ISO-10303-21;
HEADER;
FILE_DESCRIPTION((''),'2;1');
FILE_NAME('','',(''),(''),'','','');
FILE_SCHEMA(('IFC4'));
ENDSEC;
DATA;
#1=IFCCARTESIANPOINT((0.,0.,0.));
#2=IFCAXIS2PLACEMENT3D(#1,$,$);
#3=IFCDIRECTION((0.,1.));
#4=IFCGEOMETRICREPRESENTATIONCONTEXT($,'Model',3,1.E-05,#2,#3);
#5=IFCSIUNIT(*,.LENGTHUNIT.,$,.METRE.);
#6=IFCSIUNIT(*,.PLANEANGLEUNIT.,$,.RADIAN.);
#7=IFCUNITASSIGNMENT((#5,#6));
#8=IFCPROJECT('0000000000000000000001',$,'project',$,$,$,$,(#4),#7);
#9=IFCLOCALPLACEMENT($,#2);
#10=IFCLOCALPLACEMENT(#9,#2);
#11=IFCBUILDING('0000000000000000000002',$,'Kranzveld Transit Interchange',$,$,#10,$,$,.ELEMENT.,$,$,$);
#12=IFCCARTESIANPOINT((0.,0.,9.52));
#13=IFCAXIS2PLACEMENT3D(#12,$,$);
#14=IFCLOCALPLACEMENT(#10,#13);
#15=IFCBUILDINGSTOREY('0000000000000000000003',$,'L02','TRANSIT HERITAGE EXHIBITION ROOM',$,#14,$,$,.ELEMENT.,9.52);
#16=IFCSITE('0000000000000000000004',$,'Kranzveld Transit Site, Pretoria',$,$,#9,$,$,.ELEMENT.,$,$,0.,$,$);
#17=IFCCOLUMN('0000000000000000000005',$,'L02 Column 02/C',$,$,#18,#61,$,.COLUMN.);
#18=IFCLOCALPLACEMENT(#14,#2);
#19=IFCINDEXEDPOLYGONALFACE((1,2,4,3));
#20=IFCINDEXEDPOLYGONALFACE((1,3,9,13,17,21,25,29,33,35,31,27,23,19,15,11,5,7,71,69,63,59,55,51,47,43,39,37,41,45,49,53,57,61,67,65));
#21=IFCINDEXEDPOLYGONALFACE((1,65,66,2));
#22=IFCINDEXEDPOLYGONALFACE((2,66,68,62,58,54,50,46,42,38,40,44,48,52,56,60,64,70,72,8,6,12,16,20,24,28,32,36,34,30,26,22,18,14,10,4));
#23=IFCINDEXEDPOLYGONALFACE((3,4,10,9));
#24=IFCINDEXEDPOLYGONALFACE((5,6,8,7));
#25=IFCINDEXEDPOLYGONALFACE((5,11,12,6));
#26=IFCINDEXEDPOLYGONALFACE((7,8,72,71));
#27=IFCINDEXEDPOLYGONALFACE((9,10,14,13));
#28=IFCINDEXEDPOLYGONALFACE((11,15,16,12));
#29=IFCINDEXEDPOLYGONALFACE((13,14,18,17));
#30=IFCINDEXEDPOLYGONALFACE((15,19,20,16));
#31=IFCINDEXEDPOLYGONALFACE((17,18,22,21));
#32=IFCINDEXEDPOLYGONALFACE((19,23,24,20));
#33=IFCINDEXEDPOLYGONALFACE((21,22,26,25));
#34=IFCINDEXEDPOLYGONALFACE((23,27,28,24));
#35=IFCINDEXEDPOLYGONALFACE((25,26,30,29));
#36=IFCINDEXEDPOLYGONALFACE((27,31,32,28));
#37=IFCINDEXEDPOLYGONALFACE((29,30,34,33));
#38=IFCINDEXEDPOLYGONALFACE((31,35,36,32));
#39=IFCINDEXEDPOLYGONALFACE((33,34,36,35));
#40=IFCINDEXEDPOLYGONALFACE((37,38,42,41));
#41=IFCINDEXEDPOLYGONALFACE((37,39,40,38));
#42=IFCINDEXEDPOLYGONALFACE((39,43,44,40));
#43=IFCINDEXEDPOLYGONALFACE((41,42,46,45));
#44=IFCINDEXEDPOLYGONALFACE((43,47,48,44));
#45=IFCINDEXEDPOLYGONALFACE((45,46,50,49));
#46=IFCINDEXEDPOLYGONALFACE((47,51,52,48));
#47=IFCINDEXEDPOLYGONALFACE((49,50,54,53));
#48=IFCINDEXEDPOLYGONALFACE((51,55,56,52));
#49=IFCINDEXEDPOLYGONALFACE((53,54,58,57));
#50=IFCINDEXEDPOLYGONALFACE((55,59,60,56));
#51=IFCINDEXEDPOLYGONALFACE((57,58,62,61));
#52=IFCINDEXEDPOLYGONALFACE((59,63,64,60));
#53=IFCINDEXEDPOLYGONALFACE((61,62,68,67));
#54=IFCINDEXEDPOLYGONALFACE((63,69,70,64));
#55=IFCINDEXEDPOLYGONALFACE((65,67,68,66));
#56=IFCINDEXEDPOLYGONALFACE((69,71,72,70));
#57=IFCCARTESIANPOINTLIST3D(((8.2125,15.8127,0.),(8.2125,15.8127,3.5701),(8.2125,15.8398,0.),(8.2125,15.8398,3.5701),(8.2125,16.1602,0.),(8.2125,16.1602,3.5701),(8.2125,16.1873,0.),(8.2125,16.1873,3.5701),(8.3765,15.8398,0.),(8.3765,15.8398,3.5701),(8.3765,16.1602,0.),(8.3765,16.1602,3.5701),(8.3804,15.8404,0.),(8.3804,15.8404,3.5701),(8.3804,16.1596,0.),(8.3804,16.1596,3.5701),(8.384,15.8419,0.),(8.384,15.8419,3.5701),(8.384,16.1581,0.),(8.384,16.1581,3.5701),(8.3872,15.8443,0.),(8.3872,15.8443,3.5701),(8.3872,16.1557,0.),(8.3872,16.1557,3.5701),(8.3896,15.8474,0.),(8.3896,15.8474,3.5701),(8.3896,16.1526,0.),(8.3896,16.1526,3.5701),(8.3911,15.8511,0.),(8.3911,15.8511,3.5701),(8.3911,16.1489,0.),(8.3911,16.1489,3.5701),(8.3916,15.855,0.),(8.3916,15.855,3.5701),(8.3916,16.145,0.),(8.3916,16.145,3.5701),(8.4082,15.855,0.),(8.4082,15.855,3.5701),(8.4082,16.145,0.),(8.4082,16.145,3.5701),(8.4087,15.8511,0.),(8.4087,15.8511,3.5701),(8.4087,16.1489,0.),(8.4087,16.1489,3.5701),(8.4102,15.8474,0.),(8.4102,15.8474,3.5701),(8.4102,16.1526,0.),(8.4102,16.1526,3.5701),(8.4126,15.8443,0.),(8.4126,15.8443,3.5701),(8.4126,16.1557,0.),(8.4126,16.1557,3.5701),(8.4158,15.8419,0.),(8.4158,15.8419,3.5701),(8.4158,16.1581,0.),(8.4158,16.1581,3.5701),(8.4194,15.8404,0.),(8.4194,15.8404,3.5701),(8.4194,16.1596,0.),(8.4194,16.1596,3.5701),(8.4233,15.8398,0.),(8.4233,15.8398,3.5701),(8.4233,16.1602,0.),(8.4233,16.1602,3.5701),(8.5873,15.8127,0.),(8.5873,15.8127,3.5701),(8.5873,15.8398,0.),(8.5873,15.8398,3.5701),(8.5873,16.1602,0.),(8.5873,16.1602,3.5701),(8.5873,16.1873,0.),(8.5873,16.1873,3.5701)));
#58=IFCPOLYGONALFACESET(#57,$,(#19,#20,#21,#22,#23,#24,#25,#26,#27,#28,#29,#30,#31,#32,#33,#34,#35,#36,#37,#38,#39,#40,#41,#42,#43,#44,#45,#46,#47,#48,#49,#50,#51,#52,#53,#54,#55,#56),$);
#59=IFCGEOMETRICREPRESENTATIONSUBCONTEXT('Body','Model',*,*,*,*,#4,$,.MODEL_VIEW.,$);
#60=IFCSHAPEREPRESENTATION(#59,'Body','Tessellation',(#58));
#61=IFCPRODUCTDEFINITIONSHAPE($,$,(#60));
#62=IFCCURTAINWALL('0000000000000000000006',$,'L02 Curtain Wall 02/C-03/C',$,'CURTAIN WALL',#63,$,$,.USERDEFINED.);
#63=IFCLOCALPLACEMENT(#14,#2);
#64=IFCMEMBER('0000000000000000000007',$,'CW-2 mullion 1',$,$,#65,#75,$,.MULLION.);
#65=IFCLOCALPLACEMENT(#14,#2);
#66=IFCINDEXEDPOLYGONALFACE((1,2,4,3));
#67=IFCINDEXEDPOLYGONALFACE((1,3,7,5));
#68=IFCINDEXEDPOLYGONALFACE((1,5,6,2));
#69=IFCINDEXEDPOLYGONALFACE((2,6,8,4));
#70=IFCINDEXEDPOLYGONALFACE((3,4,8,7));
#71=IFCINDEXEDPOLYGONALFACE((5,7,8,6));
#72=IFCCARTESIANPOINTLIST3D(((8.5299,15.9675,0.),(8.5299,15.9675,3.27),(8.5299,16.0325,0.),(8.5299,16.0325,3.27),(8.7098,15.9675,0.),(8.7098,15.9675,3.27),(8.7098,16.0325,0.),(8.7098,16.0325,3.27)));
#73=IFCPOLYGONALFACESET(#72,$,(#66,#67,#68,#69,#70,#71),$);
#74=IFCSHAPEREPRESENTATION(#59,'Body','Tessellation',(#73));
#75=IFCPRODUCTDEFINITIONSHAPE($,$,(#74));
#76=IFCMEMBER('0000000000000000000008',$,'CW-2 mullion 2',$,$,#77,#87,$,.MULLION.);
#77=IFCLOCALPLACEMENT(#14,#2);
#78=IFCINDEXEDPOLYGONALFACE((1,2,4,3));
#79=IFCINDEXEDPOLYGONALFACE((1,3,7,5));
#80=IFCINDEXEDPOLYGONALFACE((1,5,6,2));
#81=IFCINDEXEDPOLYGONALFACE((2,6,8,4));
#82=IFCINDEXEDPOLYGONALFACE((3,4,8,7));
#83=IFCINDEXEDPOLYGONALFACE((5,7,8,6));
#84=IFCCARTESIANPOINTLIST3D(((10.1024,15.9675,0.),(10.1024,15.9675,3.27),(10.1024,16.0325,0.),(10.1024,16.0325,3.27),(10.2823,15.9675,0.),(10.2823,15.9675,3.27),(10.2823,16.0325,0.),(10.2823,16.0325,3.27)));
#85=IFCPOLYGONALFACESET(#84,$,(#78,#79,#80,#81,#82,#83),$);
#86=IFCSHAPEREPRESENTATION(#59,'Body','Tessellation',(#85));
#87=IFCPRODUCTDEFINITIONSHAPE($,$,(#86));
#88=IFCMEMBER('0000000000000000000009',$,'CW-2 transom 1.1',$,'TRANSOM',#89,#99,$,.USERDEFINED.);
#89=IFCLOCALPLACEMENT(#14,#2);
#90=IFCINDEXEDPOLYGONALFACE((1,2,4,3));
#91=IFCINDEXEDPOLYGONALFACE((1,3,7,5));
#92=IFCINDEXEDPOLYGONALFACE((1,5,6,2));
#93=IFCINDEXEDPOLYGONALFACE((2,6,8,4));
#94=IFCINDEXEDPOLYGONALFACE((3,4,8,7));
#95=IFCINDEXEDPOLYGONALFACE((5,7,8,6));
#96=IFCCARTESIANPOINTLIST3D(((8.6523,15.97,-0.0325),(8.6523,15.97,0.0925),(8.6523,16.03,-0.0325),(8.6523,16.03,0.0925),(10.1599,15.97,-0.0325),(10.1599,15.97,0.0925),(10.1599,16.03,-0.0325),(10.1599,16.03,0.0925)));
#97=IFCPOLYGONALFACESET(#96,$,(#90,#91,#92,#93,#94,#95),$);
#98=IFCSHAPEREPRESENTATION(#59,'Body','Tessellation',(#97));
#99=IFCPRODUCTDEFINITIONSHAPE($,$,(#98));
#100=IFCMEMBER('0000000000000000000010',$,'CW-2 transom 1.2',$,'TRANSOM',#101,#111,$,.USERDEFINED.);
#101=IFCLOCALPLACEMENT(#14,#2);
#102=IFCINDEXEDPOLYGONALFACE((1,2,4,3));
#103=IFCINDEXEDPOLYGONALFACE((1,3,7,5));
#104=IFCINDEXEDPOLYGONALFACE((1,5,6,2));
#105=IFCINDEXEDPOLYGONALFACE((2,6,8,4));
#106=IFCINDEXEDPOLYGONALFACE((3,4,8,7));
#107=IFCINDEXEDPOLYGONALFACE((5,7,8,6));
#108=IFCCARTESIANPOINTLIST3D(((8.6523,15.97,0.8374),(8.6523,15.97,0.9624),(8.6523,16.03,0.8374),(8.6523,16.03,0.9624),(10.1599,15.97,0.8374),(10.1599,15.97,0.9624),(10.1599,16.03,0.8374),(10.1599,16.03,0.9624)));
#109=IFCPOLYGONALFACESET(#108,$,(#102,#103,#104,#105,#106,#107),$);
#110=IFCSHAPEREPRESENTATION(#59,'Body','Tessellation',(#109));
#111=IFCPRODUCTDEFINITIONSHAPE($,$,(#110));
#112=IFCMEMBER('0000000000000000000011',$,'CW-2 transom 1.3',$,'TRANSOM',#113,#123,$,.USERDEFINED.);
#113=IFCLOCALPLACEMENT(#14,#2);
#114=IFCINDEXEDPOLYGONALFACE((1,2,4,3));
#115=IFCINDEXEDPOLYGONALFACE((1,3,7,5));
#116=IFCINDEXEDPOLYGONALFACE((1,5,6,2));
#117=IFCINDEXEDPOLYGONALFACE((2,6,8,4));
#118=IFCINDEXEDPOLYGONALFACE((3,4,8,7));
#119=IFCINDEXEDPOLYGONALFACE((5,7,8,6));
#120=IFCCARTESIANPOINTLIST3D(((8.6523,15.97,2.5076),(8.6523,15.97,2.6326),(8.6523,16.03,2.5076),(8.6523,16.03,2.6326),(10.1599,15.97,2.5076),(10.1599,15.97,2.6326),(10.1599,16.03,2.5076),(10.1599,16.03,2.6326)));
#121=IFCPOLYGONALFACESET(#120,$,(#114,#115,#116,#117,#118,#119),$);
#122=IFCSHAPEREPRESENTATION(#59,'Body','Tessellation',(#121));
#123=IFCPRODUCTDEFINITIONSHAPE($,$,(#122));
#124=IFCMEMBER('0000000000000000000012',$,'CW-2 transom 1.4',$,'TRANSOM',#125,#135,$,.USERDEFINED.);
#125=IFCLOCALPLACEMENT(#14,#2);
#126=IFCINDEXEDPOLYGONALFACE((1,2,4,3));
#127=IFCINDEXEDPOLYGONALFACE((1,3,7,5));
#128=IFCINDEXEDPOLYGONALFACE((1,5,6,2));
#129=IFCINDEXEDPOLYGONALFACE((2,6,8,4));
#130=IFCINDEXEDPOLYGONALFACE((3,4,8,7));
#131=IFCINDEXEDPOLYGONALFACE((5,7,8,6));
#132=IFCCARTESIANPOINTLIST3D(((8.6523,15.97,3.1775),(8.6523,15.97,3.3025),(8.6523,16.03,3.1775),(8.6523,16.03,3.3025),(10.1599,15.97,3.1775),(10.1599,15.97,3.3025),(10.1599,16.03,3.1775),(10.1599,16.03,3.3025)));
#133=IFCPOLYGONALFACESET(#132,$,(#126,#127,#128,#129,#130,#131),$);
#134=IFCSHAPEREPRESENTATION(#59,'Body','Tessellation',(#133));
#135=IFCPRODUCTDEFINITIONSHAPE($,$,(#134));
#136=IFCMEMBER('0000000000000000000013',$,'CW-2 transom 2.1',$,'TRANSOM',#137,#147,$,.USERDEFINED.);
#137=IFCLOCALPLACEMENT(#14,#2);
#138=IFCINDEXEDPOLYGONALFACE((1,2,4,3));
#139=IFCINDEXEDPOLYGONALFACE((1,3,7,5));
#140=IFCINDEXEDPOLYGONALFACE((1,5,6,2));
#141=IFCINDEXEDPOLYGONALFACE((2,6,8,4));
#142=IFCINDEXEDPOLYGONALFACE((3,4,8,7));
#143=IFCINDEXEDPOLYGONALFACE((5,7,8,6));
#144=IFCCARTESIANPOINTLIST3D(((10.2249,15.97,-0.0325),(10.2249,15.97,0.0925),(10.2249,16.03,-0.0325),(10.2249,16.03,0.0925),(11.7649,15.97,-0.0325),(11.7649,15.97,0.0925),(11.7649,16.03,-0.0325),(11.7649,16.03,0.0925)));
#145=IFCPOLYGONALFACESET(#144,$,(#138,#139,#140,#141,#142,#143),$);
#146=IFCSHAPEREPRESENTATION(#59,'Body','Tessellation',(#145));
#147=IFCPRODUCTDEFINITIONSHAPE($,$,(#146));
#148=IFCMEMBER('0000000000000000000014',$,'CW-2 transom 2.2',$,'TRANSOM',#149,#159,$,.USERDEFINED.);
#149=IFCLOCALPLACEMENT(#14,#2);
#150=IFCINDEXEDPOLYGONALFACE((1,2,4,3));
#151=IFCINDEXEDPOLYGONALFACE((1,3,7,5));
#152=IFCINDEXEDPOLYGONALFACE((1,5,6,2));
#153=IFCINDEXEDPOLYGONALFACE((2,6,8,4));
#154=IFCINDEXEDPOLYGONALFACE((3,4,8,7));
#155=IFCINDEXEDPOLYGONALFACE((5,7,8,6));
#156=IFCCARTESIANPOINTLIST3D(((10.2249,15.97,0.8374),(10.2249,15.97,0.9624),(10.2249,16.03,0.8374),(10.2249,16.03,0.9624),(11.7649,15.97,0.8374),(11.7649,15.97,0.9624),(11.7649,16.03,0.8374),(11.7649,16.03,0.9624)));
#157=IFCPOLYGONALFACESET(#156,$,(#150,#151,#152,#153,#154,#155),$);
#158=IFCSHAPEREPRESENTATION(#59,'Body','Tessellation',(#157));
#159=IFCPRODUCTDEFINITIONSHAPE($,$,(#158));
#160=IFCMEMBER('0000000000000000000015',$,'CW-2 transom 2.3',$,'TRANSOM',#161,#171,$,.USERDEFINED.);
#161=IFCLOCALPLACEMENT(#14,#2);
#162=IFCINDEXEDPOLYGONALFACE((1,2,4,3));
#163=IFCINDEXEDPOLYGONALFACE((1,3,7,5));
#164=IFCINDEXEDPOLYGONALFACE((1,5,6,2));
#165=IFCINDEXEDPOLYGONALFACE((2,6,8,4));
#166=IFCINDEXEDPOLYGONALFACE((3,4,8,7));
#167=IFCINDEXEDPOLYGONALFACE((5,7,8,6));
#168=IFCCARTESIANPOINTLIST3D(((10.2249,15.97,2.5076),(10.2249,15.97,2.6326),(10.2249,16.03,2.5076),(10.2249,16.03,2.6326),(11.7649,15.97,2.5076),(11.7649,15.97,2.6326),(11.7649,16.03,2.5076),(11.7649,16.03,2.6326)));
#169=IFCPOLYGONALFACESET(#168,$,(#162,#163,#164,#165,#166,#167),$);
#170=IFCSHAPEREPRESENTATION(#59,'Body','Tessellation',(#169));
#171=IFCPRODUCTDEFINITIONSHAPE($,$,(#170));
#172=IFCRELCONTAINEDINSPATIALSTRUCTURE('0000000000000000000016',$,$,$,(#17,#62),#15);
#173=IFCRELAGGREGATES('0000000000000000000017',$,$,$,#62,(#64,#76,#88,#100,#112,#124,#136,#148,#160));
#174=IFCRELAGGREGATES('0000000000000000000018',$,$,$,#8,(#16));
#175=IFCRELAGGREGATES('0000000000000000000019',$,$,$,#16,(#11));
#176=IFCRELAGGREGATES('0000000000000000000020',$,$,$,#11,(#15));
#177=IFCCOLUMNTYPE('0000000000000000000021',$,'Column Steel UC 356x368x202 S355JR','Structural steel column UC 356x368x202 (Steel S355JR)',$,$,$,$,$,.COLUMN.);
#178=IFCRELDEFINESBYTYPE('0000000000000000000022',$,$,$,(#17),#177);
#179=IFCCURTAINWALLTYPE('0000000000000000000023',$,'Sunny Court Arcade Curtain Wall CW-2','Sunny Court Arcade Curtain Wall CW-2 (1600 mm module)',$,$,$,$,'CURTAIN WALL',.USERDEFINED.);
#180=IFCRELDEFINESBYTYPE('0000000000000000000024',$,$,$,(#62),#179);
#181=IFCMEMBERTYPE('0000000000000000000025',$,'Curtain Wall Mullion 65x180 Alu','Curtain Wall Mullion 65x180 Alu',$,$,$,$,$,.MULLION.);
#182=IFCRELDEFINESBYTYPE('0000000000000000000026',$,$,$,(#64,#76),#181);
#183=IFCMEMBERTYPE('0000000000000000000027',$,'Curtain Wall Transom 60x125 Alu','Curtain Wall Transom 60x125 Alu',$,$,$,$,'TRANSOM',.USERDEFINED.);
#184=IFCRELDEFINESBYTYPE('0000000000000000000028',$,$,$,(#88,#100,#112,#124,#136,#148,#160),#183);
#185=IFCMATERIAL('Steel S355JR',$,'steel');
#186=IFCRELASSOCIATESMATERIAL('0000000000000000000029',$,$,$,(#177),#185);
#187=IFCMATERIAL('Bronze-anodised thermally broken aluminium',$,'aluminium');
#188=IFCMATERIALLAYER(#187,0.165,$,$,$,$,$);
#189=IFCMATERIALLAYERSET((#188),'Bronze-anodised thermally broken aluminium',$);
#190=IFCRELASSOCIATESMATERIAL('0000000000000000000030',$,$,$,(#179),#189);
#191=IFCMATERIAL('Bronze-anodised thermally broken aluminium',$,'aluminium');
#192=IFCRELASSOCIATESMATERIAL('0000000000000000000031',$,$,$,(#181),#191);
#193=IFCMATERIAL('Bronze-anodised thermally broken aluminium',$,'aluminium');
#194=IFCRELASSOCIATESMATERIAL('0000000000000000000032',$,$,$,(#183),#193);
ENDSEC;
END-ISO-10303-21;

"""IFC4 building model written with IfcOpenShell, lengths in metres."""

from ifc_helpers import new_model, si_unit, direction, frame, origin, origin_2d, place, context, subcontext, project, spatial, rectangle, i_section, extrude, material, layer, layer_set, material_profile, profile_set, type_object, element, aggregate, save


model = new_model("IFC4")

# Units and contexts
model_context = context("Model", 3, precision=1e-05, world=origin(), true_north=direction((0.0, 1.0)))
body_context = subcontext(model_context, "Body", "Model", "MODEL_VIEW")
ifc_project = project(units=[si_unit("LENGTHUNIT", "METRE"), si_unit("PLANEANGLEUNIT", "RADIAN")], contexts=[model_context])

# Site, building, storey
site_placement = place(None, origin())
site = spatial("IfcSite", under=ifc_project, at=site_placement, Name="Kranzveld Transit Site, Pretoria", CompositionType="ELEMENT", RefElevation=0.0)
building_placement = place(site_placement, origin())
building = spatial("IfcBuilding", under=site, at=building_placement, Name="Kranzveld Transit Interchange", CompositionType="ELEMENT")
storey_placement = place(building_placement, frame((0.0, 0.0, 9.52)))
storey = spatial("IfcBuildingStorey", under=building, at=storey_placement, Name="L02", Description="TRANSIT HERITAGE EXHIBITION ROOM", CompositionType="ELEMENT", Elevation=9.52)

# Column
ifc_material_1 = material(Name="Steel S355JR", Category="steel")
ifc_material_profile_1 = material_profile(ifc_material_1, i_section(OverallWidth=0.3748, OverallDepth=0.3745, WebThickness=0.0166, FlangeThickness=0.0271, FilletRadius=0.0151, at=origin_2d()), Name="UC 356x368x202")
ifc_profile_set_1 = profile_set([ifc_material_profile_1], Name="Steel S355JR")
column_type = type_object("IfcColumnType", Name="Column Steel UC 356x368x202 S355JR", Description="Structural steel column UC 356x368x202 (Steel S355JR)", PredefinedType="COLUMN", material=ifc_profile_set_1)
column_placement = place(storey_placement, frame((8.3999, 16.0, 0.0), z_axis=(0.0, 0.0, 1.0), x_axis=(1.0, 0.0, 0.0)))
element("IfcColumn", 1, at=column_placement, inside=storey, type_object=column_type, Name="L02 Column 02/C", PredefinedType="COLUMN", context=body_context, shape_type="SweptSolid", body=[
    extrude(i_section(OverallWidth=0.3748, OverallDepth=0.3745, WebThickness=0.0166, FlangeThickness=0.0271, FilletRadius=0.0151, at=origin_2d()), origin(), (0.0, 0.0, 1.0), 3.5701),
])

# Curtain wall, members
ifc_material_2 = material(Name="Bronze-anodised thermally broken aluminium", Category="aluminium")
ifc_layer_1 = layer(ifc_material_2, 0.165)
ifc_layer_set_1 = layer_set([ifc_layer_1], Name="Bronze-anodised thermally broken aluminium")
curtain_wall_type = type_object("IfcCurtainWallType", Name="Sunny Court Arcade Curtain Wall CW-2", Description="Sunny Court Arcade Curtain Wall CW-2 (1600 mm module)", ElementType="CURTAIN WALL", PredefinedType="USERDEFINED", material=ifc_layer_set_1)
curtain_wall_placement = place(storey_placement, origin())
curtain_wall = element("IfcCurtainWall", 2, at=curtain_wall_placement, inside=storey, type_object=curtain_wall_type, Name="L02 Curtain Wall 02/C-03/C", ObjectType="CURTAIN WALL", PredefinedType="USERDEFINED")
ifc_material_3 = material(Name="Bronze-anodised thermally broken aluminium", Category="aluminium")
ifc_material_profile_2 = material_profile(ifc_material_3, rectangle(XDim=0.0649, YDim=0.1799, at=origin_2d()), Name="ALU MULLION 65x180")
ifc_profile_set_2 = profile_set([ifc_material_profile_2], Name="Bronze-anodised thermally broken aluminium")
member_type_1 = type_object("IfcMemberType", Name="Curtain Wall Mullion 65x180 Alu", Description="Curtain Wall Mullion 65x180 Alu", PredefinedType="MULLION", material=ifc_profile_set_2)
member_1_placement = place(storey_placement, frame((8.6199, 16.0, 0.0), z_axis=(0.0, 0.0, 1.0), x_axis=(0.0, 1.0, 0.0)))
member_1 = element("IfcMember", 3, at=member_1_placement, type_object=member_type_1, Name="CW-2 mullion 1", PredefinedType="MULLION", context=body_context, shape_type="SweptSolid", body=[
    extrude(rectangle(XDim=0.0649, YDim=0.1799, at=origin_2d()), origin(), (0.0, 0.0, 1.0), 3.27),
])
member_2_placement = place(storey_placement, frame((10.1924, 16.0, 0.0), z_axis=(0.0, 0.0, 1.0), x_axis=(0.0, 1.0, 0.0)))
member_2 = element("IfcMember", 4, at=member_2_placement, type_object=member_type_1, Name="CW-2 mullion 2", PredefinedType="MULLION", context=body_context, shape_type="SweptSolid", body=[
    extrude(rectangle(XDim=0.0649, YDim=0.1799, at=origin_2d()), origin(), (0.0, 0.0, 1.0), 3.27),
])
ifc_material_4 = material(Name="Bronze-anodised thermally broken aluminium", Category="aluminium")
ifc_material_profile_3 = material_profile(ifc_material_4, rectangle(XDim=0.0601, YDim=0.125, at=origin_2d()), Name="ALU TRANSOM 60x125")
ifc_profile_set_3 = profile_set([ifc_material_profile_3], Name="Bronze-anodised thermally broken aluminium")
member_type_2 = type_object("IfcMemberType", Name="Curtain Wall Transom 60x125 Alu", Description="Curtain Wall Transom 60x125 Alu", ElementType="TRANSOM", PredefinedType="USERDEFINED", material=ifc_profile_set_3)
member_3_placement = place(storey_placement, frame((8.6523, 16.0, 0.03), z_axis=(1.0, 0.0, 0.0), x_axis=(0.0, 1.0, 0.0)))
member_3 = element("IfcMember", 5, at=member_3_placement, type_object=member_type_2, Name="CW-2 transom 1.1", ObjectType="TRANSOM", PredefinedType="USERDEFINED", context=body_context, shape_type="SweptSolid", body=[
    extrude(rectangle(XDim=0.0601, YDim=0.125, at=origin_2d()), origin(), (0.0, 0.0, 1.0), 1.5076),
])
member_4_placement = place(storey_placement, frame((8.6523, 16.0, 0.8999), z_axis=(1.0, 0.0, 0.0), x_axis=(0.0, 1.0, 0.0)))
member_4 = element("IfcMember", 6, at=member_4_placement, type_object=member_type_2, Name="CW-2 transom 1.2", ObjectType="TRANSOM", PredefinedType="USERDEFINED", context=body_context, shape_type="SweptSolid", body=[
    extrude(rectangle(XDim=0.0601, YDim=0.125, at=origin_2d()), origin(), (0.0, 0.0, 1.0), 1.5076),
])
member_5_placement = place(storey_placement, frame((8.6523, 16.0, 2.5701), z_axis=(1.0, 0.0, 0.0), x_axis=(0.0, 1.0, 0.0)))
member_5 = element("IfcMember", 7, at=member_5_placement, type_object=member_type_2, Name="CW-2 transom 1.3", ObjectType="TRANSOM", PredefinedType="USERDEFINED", context=body_context, shape_type="SweptSolid", body=[
    extrude(rectangle(XDim=0.0601, YDim=0.125, at=origin_2d()), origin(), (0.0, 0.0, 1.0), 1.5076),
])
member_6_placement = place(storey_placement, frame((8.6523, 16.0, 3.24), z_axis=(1.0, 0.0, 0.0), x_axis=(0.0, 1.0, 0.0)))
member_6 = element("IfcMember", 8, at=member_6_placement, type_object=member_type_2, Name="CW-2 transom 1.4", ObjectType="TRANSOM", PredefinedType="USERDEFINED", context=body_context, shape_type="SweptSolid", body=[
    extrude(rectangle(XDim=0.0601, YDim=0.125, at=origin_2d()), origin(), (0.0, 0.0, 1.0), 1.5076),
])
member_7_placement = place(storey_placement, frame((10.2249, 16.0, 0.03), z_axis=(1.0, 0.0, 0.0), x_axis=(0.0, 1.0, 0.0)))
member_7 = element("IfcMember", 9, at=member_7_placement, type_object=member_type_2, Name="CW-2 transom 2.1", ObjectType="TRANSOM", PredefinedType="USERDEFINED", context=body_context, shape_type="SweptSolid", body=[
    extrude(rectangle(XDim=0.0601, YDim=0.125, at=origin_2d()), origin(), (0.0, 0.0, 1.0), 1.54),
])
member_8_placement = place(storey_placement, frame((10.2249, 16.0, 0.8999), z_axis=(1.0, 0.0, 0.0), x_axis=(0.0, 1.0, 0.0)))
member_8 = element("IfcMember", 10, at=member_8_placement, type_object=member_type_2, Name="CW-2 transom 2.2", ObjectType="TRANSOM", PredefinedType="USERDEFINED", context=body_context, shape_type="SweptSolid", body=[
    extrude(rectangle(XDim=0.0601, YDim=0.125, at=origin_2d()), origin(), (0.0, 0.0, 1.0), 1.54),
])
member_9_placement = place(storey_placement, frame((10.2249, 16.0, 2.5701), z_axis=(1.0, 0.0, 0.0), x_axis=(0.0, 1.0, 0.0)))
member_9 = element("IfcMember", 11, at=member_9_placement, type_object=member_type_2, Name="CW-2 transom 2.3", ObjectType="TRANSOM", PredefinedType="USERDEFINED", context=body_context, shape_type="SweptSolid", body=[
    extrude(rectangle(XDim=0.0601, YDim=0.125, at=origin_2d()), origin(), (0.0, 0.0, 1.0), 1.54),
])

aggregate(curtain_wall, [member_1, member_2, member_3, member_4, member_5, member_6, member_7, member_8, member_9])

save(model, "model.ifc")
